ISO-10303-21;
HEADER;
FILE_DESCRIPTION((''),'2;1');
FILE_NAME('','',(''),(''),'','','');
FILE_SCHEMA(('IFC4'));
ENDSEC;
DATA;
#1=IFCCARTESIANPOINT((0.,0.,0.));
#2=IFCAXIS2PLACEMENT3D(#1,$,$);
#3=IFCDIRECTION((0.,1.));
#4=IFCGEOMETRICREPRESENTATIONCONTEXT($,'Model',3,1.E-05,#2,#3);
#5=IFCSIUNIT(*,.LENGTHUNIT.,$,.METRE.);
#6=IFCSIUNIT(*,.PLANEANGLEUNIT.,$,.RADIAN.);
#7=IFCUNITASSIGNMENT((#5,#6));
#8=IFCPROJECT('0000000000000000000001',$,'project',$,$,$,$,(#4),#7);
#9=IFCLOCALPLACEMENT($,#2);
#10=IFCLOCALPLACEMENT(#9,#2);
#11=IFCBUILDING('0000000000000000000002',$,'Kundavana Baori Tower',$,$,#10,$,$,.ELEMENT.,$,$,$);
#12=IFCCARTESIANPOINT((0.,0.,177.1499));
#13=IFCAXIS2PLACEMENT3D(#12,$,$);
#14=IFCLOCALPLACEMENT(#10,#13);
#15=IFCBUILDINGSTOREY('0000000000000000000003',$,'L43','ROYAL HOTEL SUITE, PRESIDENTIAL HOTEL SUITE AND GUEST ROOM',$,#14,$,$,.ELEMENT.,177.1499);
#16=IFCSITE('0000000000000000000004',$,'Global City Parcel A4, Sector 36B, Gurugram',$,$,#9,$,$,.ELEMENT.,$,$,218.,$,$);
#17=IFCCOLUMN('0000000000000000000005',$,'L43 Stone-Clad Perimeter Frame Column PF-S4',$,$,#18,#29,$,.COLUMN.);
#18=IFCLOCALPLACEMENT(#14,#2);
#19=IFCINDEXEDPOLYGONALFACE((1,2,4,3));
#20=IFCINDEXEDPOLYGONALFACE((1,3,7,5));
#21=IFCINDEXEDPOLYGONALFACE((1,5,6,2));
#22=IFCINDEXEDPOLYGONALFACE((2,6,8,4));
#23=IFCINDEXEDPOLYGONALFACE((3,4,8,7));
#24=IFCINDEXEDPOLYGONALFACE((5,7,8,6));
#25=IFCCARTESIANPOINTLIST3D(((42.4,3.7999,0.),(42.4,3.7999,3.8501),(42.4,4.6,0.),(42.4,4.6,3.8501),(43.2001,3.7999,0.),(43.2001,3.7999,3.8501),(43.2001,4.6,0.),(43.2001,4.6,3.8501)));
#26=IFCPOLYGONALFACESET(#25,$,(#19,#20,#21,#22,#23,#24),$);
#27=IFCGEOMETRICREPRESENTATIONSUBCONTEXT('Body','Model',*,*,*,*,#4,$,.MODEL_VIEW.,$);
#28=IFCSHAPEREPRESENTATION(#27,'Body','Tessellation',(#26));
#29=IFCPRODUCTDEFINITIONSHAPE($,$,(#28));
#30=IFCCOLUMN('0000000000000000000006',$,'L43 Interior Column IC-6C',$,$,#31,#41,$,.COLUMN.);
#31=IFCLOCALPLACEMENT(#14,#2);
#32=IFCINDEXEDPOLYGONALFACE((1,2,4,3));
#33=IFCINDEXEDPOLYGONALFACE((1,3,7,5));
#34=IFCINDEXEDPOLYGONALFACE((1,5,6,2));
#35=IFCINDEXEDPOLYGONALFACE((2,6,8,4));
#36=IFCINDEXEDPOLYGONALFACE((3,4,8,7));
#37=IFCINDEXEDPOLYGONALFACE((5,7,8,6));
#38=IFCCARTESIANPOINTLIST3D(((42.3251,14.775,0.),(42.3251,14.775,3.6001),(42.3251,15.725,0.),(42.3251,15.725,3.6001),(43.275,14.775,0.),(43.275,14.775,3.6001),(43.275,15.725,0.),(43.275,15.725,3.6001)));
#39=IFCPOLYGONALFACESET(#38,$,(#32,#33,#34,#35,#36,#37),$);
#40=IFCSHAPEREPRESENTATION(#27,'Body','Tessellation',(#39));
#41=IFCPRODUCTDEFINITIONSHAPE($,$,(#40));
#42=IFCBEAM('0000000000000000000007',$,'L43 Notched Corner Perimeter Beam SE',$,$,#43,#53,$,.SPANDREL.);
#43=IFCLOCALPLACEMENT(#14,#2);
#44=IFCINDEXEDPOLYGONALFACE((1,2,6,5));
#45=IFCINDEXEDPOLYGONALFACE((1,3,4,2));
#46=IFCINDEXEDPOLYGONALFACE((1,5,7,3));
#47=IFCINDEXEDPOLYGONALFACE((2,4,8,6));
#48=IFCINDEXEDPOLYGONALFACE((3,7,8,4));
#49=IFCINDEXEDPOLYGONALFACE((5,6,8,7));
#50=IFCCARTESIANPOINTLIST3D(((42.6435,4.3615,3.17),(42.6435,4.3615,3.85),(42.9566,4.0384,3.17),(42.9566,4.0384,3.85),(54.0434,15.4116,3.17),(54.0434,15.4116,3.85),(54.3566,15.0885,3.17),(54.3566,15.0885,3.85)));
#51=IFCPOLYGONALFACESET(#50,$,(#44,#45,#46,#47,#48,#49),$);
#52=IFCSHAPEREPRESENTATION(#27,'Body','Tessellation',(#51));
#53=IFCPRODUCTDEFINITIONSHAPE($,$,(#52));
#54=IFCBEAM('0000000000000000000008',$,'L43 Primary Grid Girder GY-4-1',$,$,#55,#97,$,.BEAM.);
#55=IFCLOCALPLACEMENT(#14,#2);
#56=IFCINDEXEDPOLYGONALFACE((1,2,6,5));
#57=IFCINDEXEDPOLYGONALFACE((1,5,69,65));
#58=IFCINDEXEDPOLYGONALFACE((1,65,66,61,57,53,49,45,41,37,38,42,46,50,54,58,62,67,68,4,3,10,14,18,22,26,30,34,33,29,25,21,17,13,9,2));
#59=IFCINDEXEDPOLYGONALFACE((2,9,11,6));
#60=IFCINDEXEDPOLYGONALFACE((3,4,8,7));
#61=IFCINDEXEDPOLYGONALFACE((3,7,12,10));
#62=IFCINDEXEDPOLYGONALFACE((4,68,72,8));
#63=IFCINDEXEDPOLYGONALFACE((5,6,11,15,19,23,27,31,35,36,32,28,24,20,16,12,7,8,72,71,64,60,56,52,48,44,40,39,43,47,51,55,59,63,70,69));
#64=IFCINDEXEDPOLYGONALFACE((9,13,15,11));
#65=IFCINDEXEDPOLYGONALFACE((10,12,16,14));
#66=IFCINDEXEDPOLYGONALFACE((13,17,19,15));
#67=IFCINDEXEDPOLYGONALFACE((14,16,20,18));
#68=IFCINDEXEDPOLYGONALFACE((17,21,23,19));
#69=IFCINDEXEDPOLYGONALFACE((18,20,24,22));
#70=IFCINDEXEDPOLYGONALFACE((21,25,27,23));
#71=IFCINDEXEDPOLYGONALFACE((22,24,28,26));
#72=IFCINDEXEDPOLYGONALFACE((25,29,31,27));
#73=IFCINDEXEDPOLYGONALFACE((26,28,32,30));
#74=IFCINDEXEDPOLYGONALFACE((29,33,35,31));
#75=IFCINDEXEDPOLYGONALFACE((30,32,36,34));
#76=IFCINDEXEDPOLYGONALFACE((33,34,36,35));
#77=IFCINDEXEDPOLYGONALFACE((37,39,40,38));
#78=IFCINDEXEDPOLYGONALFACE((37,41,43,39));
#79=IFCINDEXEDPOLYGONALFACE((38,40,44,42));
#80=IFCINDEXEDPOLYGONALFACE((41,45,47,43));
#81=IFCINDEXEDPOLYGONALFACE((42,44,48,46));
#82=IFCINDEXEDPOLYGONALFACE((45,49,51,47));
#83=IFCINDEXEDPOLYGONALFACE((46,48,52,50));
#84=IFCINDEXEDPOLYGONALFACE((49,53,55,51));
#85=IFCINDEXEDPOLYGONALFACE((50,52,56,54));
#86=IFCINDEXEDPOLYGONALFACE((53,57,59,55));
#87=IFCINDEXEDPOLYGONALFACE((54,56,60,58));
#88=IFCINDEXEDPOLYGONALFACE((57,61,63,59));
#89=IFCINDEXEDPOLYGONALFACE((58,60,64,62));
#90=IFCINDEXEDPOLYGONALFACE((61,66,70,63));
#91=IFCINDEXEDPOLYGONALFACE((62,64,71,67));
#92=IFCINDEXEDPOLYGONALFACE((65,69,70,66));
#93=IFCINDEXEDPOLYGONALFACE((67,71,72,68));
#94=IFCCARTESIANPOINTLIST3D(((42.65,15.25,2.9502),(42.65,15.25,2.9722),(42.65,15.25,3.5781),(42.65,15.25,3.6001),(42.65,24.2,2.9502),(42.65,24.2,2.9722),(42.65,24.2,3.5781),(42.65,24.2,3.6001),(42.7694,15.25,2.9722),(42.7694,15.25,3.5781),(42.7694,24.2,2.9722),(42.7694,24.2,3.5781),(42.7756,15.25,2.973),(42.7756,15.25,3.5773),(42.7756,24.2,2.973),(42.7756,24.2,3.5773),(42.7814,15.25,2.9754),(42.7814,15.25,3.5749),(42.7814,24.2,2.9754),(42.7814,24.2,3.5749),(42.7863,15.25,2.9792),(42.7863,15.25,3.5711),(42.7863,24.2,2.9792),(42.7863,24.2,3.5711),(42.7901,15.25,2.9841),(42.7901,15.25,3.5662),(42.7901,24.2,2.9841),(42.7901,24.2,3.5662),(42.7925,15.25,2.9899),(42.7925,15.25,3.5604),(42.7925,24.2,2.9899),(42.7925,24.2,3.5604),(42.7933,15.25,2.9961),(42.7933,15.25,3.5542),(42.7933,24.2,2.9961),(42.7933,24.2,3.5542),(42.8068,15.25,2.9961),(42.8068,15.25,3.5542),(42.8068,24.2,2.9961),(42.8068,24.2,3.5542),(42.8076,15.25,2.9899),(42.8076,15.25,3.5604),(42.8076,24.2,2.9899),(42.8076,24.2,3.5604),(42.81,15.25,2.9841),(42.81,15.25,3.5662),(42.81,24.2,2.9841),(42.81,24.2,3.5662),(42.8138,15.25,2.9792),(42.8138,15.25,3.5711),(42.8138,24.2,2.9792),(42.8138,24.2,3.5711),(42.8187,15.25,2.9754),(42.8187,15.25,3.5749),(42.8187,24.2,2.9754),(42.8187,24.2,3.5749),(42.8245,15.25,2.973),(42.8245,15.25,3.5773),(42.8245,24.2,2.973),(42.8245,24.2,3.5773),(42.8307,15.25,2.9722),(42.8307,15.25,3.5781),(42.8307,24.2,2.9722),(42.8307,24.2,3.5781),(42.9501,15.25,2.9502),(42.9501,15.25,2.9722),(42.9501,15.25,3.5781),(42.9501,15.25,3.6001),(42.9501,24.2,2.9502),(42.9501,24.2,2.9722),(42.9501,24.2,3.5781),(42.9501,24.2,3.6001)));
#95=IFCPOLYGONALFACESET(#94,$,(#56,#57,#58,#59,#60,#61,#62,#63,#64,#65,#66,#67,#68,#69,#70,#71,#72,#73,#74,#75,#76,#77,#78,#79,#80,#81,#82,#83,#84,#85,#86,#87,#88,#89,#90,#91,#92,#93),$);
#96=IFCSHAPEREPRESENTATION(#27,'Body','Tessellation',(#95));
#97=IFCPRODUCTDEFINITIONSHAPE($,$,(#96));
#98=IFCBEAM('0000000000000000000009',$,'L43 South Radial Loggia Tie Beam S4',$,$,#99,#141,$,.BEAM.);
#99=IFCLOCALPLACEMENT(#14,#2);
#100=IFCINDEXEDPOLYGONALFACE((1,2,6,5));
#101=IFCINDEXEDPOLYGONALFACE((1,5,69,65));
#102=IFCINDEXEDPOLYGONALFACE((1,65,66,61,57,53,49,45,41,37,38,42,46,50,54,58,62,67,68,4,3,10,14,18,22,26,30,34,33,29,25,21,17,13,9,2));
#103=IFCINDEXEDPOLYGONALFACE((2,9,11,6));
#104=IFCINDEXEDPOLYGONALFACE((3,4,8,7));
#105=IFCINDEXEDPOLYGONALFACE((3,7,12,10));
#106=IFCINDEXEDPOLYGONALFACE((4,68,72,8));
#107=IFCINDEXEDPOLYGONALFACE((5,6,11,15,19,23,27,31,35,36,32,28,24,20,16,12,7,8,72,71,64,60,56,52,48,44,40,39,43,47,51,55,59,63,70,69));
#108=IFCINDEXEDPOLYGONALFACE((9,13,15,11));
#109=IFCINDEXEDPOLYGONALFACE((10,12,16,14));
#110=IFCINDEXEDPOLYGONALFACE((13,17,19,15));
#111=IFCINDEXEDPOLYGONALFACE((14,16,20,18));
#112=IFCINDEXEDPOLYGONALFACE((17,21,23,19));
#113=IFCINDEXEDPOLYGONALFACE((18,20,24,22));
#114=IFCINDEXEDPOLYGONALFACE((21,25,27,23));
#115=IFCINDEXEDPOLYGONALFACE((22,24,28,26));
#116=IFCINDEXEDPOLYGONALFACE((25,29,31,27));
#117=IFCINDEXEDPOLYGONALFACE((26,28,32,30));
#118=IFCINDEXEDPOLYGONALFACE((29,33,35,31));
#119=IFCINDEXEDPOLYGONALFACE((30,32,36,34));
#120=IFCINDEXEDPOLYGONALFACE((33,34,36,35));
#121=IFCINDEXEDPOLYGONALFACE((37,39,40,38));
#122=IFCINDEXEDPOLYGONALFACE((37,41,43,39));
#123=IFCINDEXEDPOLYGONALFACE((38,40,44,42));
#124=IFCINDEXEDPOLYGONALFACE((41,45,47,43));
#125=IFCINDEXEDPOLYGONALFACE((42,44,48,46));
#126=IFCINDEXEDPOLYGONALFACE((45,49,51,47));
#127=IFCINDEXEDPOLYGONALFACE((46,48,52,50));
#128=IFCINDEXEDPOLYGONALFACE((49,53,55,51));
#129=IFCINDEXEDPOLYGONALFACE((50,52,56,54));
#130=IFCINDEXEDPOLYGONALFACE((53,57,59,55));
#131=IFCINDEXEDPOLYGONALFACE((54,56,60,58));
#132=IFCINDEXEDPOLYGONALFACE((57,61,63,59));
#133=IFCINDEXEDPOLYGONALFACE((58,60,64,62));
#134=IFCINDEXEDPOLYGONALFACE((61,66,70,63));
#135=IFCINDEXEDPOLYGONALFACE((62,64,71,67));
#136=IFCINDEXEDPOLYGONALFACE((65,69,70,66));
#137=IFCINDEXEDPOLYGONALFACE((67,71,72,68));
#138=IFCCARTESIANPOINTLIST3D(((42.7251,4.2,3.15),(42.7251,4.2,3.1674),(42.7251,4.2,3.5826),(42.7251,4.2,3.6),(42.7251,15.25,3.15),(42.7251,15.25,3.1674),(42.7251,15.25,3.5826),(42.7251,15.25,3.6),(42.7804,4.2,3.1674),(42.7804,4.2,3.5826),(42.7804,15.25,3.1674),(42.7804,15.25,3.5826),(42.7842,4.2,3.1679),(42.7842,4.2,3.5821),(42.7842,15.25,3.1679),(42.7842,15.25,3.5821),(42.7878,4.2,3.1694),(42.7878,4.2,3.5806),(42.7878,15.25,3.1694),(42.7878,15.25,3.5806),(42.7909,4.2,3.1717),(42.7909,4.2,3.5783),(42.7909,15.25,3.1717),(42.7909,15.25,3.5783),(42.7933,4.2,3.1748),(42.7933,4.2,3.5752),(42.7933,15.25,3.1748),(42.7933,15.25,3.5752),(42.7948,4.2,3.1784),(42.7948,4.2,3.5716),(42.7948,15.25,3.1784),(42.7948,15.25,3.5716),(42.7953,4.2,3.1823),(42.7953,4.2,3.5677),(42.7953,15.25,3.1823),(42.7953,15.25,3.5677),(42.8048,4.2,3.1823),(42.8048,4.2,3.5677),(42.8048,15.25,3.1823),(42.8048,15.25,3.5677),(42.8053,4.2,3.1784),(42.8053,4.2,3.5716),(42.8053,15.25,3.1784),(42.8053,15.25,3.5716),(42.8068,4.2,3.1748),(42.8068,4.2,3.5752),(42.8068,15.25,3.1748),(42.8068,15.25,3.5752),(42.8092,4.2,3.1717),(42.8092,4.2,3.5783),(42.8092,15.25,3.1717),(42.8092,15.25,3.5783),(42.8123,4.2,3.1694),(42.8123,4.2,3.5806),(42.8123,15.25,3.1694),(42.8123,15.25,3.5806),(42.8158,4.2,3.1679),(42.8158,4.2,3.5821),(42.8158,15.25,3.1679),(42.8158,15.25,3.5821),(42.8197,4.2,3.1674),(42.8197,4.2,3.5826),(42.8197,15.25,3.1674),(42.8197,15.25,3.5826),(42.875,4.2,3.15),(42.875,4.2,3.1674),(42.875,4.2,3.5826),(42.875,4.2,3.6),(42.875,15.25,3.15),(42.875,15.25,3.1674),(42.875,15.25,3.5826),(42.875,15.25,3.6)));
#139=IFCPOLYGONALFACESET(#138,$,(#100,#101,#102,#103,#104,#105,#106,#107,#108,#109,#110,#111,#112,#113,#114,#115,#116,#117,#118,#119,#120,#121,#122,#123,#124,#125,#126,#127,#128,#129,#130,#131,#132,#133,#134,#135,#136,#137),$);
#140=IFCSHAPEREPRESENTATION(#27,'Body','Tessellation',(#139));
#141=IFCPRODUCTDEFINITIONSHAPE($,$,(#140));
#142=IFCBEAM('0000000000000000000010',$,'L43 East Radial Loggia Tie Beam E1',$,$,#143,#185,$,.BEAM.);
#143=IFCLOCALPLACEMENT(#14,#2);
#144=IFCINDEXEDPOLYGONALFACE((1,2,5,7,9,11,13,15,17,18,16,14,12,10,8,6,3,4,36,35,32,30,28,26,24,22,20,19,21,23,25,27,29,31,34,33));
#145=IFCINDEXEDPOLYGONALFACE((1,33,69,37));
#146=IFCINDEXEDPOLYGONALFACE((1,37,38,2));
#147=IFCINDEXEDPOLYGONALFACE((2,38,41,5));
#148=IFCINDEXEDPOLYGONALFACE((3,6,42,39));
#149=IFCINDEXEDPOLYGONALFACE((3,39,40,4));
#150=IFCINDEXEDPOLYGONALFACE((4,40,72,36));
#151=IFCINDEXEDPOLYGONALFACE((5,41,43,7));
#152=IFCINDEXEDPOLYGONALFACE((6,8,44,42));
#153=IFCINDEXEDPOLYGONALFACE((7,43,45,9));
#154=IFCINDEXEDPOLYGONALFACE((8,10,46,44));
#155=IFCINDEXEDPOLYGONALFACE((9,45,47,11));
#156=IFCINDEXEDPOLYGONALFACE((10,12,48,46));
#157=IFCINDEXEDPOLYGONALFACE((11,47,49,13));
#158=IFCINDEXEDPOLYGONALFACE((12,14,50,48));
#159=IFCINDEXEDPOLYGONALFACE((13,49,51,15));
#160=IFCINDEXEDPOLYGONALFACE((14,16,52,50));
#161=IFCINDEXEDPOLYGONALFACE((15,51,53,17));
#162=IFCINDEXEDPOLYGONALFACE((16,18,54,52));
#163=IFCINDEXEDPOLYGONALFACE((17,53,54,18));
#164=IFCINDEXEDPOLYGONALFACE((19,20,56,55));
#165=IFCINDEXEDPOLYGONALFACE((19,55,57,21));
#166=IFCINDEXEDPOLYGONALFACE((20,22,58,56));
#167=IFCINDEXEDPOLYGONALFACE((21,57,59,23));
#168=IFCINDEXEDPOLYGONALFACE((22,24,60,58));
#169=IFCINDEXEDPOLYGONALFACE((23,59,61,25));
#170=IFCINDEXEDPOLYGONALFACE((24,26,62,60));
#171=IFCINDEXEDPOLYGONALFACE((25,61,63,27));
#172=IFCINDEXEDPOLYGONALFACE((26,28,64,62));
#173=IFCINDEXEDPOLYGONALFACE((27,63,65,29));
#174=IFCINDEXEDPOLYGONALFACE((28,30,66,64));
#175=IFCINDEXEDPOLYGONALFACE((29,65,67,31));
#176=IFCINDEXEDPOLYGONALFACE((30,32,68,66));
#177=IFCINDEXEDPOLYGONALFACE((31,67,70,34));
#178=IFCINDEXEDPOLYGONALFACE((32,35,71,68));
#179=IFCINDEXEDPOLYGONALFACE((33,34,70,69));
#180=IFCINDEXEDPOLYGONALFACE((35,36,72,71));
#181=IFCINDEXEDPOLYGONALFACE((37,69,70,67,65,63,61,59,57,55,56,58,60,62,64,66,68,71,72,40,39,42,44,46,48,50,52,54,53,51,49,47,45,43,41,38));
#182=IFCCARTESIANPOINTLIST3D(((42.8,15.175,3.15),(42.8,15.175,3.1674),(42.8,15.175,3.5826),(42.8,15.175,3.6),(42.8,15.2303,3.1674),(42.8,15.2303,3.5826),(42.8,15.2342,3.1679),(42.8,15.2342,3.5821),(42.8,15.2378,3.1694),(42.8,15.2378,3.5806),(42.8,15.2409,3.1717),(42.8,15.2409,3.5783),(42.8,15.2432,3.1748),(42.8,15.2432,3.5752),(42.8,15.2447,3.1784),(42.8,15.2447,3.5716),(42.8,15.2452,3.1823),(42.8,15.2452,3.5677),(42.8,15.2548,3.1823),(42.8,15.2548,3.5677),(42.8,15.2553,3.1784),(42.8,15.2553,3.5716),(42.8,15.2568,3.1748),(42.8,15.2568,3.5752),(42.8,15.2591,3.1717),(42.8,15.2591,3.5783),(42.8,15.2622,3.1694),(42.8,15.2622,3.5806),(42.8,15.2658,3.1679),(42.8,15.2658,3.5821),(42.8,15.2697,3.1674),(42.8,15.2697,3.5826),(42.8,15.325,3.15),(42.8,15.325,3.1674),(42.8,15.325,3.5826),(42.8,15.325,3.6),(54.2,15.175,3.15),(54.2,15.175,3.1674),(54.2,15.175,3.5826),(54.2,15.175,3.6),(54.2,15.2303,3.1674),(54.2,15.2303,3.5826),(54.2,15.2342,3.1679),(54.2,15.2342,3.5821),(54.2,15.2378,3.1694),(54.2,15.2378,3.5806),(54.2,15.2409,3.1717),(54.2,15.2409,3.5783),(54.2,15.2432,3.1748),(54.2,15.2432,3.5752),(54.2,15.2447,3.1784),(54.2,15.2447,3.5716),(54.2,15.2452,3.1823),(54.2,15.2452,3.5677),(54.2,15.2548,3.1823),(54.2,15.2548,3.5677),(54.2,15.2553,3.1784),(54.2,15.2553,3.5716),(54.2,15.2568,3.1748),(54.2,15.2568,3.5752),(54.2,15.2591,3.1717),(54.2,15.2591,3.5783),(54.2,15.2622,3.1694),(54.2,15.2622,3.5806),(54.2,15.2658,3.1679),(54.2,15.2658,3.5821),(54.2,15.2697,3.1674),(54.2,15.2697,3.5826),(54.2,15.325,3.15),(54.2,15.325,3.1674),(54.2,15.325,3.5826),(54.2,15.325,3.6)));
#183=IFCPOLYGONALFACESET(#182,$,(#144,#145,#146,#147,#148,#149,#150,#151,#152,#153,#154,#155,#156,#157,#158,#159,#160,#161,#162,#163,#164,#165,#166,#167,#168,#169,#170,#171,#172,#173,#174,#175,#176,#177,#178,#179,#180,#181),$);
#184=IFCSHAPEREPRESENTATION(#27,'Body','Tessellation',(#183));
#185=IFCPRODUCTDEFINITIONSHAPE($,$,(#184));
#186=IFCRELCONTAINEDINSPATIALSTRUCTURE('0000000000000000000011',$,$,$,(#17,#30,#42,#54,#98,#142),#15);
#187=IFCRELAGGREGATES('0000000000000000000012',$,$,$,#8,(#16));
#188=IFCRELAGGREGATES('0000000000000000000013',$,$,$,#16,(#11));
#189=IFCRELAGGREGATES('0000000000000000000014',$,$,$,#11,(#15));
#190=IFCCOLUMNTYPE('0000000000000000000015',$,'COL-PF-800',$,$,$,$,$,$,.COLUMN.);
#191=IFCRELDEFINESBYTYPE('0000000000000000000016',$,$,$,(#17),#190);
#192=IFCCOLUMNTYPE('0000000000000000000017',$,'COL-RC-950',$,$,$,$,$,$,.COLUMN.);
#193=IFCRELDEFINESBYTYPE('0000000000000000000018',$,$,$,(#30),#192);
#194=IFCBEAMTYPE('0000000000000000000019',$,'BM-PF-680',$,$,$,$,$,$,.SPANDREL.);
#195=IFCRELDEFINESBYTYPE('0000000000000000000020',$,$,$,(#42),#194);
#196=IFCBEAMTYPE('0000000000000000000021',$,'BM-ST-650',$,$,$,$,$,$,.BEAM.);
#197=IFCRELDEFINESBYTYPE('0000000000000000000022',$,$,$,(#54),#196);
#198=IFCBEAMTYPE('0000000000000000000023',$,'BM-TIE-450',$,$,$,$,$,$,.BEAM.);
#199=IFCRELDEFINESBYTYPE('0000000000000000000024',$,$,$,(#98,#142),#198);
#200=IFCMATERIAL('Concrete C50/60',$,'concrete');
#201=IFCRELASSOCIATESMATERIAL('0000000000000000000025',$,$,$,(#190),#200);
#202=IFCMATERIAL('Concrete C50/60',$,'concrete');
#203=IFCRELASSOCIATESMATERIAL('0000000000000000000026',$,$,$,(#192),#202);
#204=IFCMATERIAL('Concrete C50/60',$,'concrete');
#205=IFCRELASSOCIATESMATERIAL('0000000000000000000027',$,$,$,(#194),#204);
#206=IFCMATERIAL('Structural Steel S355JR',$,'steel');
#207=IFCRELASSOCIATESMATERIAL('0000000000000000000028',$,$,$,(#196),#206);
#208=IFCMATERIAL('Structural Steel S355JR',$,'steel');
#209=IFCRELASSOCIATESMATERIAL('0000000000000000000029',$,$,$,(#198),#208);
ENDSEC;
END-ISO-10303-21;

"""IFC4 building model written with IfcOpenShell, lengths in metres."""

from ifc_helpers import new_model, si_unit, direction, frame, origin, origin_2d, place, context, subcontext, project, spatial, rectangle, i_section, extrude, material, material_profile, profile_set, type_object, element, save


model = new_model("IFC4")

# Units and contexts
model_context = context("Model", 3, precision=1e-05, world=origin(), true_north=direction((0.0, 1.0)))
body_context = subcontext(model_context, "Body", "Model", "MODEL_VIEW")
ifc_project = project(units=[si_unit("LENGTHUNIT", "METRE"), si_unit("PLANEANGLEUNIT", "RADIAN")], contexts=[model_context])

# Site, building, storey
site_placement = place(None, origin())
site = spatial("IfcSite", under=ifc_project, at=site_placement, Name="Global City Parcel A4, Sector 36B, Gurugram", CompositionType="ELEMENT", RefElevation=218.0)
building_placement = place(site_placement, origin())
building = spatial("IfcBuilding", under=site, at=building_placement, Name="Kundavana Baori Tower", CompositionType="ELEMENT")
storey_placement = place(building_placement, frame((0.0, 0.0, 177.1499)))
storey = spatial("IfcBuildingStorey", under=building, at=storey_placement, Name="L43", Description="ROYAL HOTEL SUITE, PRESIDENTIAL HOTEL SUITE AND GUEST ROOM", CompositionType="ELEMENT", Elevation=177.1499)

# Columns
ifc_material_1 = material(Name="Concrete C50/60", Category="concrete")
ifc_material_profile_1 = material_profile(ifc_material_1, rectangle(XDim=0.8, YDim=0.8, at=origin_2d()), Name="RC PF 800x800")
ifc_profile_set_1 = profile_set([ifc_material_profile_1], Name="Concrete C50/60")
column_type_1 = type_object("IfcColumnType", Name="COL-PF-800", PredefinedType="COLUMN", material=ifc_profile_set_1)
column_1_placement = place(storey_placement, frame((42.8, 4.2, 0.0), z_axis=(0.0, 0.0, 1.0), x_axis=(1.0, 0.0, 0.0)))
element("IfcColumn", 1, at=column_1_placement, inside=storey, type_object=column_type_1, Name="L43 Stone-Clad Perimeter Frame Column PF-S4", PredefinedType="COLUMN", context=body_context, shape_type="SweptSolid", body=[
    extrude(rectangle(XDim=0.8, YDim=0.8, at=origin_2d()), origin(), (0.0, 0.0, 1.0), 3.8501),
])
ifc_material_2 = material(Name="Concrete C50/60", Category="concrete")
ifc_material_profile_2 = material_profile(ifc_material_2, rectangle(XDim=0.95, YDim=0.95, at=origin_2d()), Name="RC 950x950")
ifc_profile_set_2 = profile_set([ifc_material_profile_2], Name="Concrete C50/60")
column_type_2 = type_object("IfcColumnType", Name="COL-RC-950", PredefinedType="COLUMN", material=ifc_profile_set_2)
column_2_placement = place(storey_placement, frame((42.8, 15.25, 0.0), z_axis=(0.0, 0.0, 1.0), x_axis=(1.0, 0.0, 0.0)))
element("IfcColumn", 2, at=column_2_placement, inside=storey, type_object=column_type_2, Name="L43 Interior Column IC-6C", PredefinedType="COLUMN", context=body_context, shape_type="SweptSolid", body=[
    extrude(rectangle(XDim=0.95, YDim=0.95, at=origin_2d()), origin(), (0.0, 0.0, 1.0), 3.6001),
])

# Beams
ifc_material_3 = material(Name="Concrete C50/60", Category="concrete")
ifc_material_profile_3 = material_profile(ifc_material_3, rectangle(XDim=0.45, YDim=0.6799, at=origin_2d()), Name="RC BM 450x680")
ifc_profile_set_3 = profile_set([ifc_material_profile_3], Name="Concrete C50/60")
beam_type_1 = type_object("IfcBeamType", Name="BM-PF-680", PredefinedType="SPANDREL", material=ifc_profile_set_3)
beam_1_placement = place(storey_placement, frame((42.8, 4.2, 3.51), z_axis=(0.718039, 0.696003, 0.0), x_axis=(-0.696003, 0.718039, 0.0)))
element("IfcBeam", 3, at=beam_1_placement, inside=storey, type_object=beam_type_1, Name="L43 Notched Corner Perimeter Beam SE", PredefinedType="SPANDREL", context=body_context, shape_type="SweptSolid", body=[
    extrude(rectangle(XDim=0.45, YDim=0.6799, at=origin_2d()), origin(), (0.0, 0.0, 1.0), 15.8765),
])
ifc_material_4 = material(Name="Structural Steel S355JR", Category="steel")
ifc_material_profile_4 = material_profile(ifc_material_4, i_section(OverallWidth=0.3, OverallDepth=0.6499, WebThickness=0.0134, FlangeThickness=0.022, FilletRadius=0.0239, at=origin_2d()), Name="NPB 650x300x155")
ifc_profile_set_4 = profile_set([ifc_material_profile_4], Name="Structural Steel S355JR")
beam_type_2 = type_object("IfcBeamType", Name="BM-ST-650", PredefinedType="BEAM", material=ifc_profile_set_4)
beam_2_placement = place(storey_placement, frame((42.8, 15.25, 3.2751), z_axis=(0.0, 1.0, 0.0), x_axis=(-1.0, 0.0, 0.0)))
element("IfcBeam", 4, at=beam_2_placement, inside=storey, type_object=beam_type_2, Name="L43 Primary Grid Girder GY-4-1", PredefinedType="BEAM", context=body_context, shape_type="SweptSolid", body=[
    extrude(i_section(OverallWidth=0.3, OverallDepth=0.6499, WebThickness=0.0134, FlangeThickness=0.022, FilletRadius=0.0239, at=origin_2d()), origin(), (0.0, 0.0, 1.0), 8.95),
])
ifc_material_5 = material(Name="Structural Steel S355JR", Category="steel")
ifc_material_profile_5 = material_profile(ifc_material_5, i_section(OverallWidth=0.1499, OverallDepth=0.45, WebThickness=0.0095, FlangeThickness=0.0173, FilletRadius=0.0149, at=origin_2d()), Name="ISMB 450")
ifc_profile_set_5 = profile_set([ifc_material_profile_5], Name="Structural Steel S355JR")
beam_type_3 = type_object("IfcBeamType", Name="BM-TIE-450", PredefinedType="BEAM", material=ifc_profile_set_5)
beam_3_placement = place(storey_placement, frame((42.8, 15.25, 3.375), z_axis=(0.0, -1.0, 0.0), x_axis=(1.0, 0.0, 0.0)))
element("IfcBeam", 5, at=beam_3_placement, inside=storey, type_object=beam_type_3, Name="L43 South Radial Loggia Tie Beam S4", PredefinedType="BEAM", context=body_context, shape_type="SweptSolid", body=[
    extrude(i_section(OverallWidth=0.1499, OverallDepth=0.45, WebThickness=0.0095, FlangeThickness=0.0173, FilletRadius=0.0149, at=origin_2d()), origin(), (0.0, 0.0, 1.0), 11.05),
])
beam_4_placement = place(storey_placement, frame((42.8, 15.25, 3.375), z_axis=(1.0, 0.0, 0.0), x_axis=(0.0, 1.0, 0.0)))
element("IfcBeam", 6, at=beam_4_placement, inside=storey, type_object=beam_type_3, Name="L43 East Radial Loggia Tie Beam E1", PredefinedType="BEAM", context=body_context, shape_type="SweptSolid", body=[
    extrude(i_section(OverallWidth=0.1499, OverallDepth=0.45, WebThickness=0.0095, FlangeThickness=0.0173, FilletRadius=0.0149, at=origin_2d()), origin(), (0.0, 0.0, 1.0), 11.3999),
])

save(model, "model.ifc")
